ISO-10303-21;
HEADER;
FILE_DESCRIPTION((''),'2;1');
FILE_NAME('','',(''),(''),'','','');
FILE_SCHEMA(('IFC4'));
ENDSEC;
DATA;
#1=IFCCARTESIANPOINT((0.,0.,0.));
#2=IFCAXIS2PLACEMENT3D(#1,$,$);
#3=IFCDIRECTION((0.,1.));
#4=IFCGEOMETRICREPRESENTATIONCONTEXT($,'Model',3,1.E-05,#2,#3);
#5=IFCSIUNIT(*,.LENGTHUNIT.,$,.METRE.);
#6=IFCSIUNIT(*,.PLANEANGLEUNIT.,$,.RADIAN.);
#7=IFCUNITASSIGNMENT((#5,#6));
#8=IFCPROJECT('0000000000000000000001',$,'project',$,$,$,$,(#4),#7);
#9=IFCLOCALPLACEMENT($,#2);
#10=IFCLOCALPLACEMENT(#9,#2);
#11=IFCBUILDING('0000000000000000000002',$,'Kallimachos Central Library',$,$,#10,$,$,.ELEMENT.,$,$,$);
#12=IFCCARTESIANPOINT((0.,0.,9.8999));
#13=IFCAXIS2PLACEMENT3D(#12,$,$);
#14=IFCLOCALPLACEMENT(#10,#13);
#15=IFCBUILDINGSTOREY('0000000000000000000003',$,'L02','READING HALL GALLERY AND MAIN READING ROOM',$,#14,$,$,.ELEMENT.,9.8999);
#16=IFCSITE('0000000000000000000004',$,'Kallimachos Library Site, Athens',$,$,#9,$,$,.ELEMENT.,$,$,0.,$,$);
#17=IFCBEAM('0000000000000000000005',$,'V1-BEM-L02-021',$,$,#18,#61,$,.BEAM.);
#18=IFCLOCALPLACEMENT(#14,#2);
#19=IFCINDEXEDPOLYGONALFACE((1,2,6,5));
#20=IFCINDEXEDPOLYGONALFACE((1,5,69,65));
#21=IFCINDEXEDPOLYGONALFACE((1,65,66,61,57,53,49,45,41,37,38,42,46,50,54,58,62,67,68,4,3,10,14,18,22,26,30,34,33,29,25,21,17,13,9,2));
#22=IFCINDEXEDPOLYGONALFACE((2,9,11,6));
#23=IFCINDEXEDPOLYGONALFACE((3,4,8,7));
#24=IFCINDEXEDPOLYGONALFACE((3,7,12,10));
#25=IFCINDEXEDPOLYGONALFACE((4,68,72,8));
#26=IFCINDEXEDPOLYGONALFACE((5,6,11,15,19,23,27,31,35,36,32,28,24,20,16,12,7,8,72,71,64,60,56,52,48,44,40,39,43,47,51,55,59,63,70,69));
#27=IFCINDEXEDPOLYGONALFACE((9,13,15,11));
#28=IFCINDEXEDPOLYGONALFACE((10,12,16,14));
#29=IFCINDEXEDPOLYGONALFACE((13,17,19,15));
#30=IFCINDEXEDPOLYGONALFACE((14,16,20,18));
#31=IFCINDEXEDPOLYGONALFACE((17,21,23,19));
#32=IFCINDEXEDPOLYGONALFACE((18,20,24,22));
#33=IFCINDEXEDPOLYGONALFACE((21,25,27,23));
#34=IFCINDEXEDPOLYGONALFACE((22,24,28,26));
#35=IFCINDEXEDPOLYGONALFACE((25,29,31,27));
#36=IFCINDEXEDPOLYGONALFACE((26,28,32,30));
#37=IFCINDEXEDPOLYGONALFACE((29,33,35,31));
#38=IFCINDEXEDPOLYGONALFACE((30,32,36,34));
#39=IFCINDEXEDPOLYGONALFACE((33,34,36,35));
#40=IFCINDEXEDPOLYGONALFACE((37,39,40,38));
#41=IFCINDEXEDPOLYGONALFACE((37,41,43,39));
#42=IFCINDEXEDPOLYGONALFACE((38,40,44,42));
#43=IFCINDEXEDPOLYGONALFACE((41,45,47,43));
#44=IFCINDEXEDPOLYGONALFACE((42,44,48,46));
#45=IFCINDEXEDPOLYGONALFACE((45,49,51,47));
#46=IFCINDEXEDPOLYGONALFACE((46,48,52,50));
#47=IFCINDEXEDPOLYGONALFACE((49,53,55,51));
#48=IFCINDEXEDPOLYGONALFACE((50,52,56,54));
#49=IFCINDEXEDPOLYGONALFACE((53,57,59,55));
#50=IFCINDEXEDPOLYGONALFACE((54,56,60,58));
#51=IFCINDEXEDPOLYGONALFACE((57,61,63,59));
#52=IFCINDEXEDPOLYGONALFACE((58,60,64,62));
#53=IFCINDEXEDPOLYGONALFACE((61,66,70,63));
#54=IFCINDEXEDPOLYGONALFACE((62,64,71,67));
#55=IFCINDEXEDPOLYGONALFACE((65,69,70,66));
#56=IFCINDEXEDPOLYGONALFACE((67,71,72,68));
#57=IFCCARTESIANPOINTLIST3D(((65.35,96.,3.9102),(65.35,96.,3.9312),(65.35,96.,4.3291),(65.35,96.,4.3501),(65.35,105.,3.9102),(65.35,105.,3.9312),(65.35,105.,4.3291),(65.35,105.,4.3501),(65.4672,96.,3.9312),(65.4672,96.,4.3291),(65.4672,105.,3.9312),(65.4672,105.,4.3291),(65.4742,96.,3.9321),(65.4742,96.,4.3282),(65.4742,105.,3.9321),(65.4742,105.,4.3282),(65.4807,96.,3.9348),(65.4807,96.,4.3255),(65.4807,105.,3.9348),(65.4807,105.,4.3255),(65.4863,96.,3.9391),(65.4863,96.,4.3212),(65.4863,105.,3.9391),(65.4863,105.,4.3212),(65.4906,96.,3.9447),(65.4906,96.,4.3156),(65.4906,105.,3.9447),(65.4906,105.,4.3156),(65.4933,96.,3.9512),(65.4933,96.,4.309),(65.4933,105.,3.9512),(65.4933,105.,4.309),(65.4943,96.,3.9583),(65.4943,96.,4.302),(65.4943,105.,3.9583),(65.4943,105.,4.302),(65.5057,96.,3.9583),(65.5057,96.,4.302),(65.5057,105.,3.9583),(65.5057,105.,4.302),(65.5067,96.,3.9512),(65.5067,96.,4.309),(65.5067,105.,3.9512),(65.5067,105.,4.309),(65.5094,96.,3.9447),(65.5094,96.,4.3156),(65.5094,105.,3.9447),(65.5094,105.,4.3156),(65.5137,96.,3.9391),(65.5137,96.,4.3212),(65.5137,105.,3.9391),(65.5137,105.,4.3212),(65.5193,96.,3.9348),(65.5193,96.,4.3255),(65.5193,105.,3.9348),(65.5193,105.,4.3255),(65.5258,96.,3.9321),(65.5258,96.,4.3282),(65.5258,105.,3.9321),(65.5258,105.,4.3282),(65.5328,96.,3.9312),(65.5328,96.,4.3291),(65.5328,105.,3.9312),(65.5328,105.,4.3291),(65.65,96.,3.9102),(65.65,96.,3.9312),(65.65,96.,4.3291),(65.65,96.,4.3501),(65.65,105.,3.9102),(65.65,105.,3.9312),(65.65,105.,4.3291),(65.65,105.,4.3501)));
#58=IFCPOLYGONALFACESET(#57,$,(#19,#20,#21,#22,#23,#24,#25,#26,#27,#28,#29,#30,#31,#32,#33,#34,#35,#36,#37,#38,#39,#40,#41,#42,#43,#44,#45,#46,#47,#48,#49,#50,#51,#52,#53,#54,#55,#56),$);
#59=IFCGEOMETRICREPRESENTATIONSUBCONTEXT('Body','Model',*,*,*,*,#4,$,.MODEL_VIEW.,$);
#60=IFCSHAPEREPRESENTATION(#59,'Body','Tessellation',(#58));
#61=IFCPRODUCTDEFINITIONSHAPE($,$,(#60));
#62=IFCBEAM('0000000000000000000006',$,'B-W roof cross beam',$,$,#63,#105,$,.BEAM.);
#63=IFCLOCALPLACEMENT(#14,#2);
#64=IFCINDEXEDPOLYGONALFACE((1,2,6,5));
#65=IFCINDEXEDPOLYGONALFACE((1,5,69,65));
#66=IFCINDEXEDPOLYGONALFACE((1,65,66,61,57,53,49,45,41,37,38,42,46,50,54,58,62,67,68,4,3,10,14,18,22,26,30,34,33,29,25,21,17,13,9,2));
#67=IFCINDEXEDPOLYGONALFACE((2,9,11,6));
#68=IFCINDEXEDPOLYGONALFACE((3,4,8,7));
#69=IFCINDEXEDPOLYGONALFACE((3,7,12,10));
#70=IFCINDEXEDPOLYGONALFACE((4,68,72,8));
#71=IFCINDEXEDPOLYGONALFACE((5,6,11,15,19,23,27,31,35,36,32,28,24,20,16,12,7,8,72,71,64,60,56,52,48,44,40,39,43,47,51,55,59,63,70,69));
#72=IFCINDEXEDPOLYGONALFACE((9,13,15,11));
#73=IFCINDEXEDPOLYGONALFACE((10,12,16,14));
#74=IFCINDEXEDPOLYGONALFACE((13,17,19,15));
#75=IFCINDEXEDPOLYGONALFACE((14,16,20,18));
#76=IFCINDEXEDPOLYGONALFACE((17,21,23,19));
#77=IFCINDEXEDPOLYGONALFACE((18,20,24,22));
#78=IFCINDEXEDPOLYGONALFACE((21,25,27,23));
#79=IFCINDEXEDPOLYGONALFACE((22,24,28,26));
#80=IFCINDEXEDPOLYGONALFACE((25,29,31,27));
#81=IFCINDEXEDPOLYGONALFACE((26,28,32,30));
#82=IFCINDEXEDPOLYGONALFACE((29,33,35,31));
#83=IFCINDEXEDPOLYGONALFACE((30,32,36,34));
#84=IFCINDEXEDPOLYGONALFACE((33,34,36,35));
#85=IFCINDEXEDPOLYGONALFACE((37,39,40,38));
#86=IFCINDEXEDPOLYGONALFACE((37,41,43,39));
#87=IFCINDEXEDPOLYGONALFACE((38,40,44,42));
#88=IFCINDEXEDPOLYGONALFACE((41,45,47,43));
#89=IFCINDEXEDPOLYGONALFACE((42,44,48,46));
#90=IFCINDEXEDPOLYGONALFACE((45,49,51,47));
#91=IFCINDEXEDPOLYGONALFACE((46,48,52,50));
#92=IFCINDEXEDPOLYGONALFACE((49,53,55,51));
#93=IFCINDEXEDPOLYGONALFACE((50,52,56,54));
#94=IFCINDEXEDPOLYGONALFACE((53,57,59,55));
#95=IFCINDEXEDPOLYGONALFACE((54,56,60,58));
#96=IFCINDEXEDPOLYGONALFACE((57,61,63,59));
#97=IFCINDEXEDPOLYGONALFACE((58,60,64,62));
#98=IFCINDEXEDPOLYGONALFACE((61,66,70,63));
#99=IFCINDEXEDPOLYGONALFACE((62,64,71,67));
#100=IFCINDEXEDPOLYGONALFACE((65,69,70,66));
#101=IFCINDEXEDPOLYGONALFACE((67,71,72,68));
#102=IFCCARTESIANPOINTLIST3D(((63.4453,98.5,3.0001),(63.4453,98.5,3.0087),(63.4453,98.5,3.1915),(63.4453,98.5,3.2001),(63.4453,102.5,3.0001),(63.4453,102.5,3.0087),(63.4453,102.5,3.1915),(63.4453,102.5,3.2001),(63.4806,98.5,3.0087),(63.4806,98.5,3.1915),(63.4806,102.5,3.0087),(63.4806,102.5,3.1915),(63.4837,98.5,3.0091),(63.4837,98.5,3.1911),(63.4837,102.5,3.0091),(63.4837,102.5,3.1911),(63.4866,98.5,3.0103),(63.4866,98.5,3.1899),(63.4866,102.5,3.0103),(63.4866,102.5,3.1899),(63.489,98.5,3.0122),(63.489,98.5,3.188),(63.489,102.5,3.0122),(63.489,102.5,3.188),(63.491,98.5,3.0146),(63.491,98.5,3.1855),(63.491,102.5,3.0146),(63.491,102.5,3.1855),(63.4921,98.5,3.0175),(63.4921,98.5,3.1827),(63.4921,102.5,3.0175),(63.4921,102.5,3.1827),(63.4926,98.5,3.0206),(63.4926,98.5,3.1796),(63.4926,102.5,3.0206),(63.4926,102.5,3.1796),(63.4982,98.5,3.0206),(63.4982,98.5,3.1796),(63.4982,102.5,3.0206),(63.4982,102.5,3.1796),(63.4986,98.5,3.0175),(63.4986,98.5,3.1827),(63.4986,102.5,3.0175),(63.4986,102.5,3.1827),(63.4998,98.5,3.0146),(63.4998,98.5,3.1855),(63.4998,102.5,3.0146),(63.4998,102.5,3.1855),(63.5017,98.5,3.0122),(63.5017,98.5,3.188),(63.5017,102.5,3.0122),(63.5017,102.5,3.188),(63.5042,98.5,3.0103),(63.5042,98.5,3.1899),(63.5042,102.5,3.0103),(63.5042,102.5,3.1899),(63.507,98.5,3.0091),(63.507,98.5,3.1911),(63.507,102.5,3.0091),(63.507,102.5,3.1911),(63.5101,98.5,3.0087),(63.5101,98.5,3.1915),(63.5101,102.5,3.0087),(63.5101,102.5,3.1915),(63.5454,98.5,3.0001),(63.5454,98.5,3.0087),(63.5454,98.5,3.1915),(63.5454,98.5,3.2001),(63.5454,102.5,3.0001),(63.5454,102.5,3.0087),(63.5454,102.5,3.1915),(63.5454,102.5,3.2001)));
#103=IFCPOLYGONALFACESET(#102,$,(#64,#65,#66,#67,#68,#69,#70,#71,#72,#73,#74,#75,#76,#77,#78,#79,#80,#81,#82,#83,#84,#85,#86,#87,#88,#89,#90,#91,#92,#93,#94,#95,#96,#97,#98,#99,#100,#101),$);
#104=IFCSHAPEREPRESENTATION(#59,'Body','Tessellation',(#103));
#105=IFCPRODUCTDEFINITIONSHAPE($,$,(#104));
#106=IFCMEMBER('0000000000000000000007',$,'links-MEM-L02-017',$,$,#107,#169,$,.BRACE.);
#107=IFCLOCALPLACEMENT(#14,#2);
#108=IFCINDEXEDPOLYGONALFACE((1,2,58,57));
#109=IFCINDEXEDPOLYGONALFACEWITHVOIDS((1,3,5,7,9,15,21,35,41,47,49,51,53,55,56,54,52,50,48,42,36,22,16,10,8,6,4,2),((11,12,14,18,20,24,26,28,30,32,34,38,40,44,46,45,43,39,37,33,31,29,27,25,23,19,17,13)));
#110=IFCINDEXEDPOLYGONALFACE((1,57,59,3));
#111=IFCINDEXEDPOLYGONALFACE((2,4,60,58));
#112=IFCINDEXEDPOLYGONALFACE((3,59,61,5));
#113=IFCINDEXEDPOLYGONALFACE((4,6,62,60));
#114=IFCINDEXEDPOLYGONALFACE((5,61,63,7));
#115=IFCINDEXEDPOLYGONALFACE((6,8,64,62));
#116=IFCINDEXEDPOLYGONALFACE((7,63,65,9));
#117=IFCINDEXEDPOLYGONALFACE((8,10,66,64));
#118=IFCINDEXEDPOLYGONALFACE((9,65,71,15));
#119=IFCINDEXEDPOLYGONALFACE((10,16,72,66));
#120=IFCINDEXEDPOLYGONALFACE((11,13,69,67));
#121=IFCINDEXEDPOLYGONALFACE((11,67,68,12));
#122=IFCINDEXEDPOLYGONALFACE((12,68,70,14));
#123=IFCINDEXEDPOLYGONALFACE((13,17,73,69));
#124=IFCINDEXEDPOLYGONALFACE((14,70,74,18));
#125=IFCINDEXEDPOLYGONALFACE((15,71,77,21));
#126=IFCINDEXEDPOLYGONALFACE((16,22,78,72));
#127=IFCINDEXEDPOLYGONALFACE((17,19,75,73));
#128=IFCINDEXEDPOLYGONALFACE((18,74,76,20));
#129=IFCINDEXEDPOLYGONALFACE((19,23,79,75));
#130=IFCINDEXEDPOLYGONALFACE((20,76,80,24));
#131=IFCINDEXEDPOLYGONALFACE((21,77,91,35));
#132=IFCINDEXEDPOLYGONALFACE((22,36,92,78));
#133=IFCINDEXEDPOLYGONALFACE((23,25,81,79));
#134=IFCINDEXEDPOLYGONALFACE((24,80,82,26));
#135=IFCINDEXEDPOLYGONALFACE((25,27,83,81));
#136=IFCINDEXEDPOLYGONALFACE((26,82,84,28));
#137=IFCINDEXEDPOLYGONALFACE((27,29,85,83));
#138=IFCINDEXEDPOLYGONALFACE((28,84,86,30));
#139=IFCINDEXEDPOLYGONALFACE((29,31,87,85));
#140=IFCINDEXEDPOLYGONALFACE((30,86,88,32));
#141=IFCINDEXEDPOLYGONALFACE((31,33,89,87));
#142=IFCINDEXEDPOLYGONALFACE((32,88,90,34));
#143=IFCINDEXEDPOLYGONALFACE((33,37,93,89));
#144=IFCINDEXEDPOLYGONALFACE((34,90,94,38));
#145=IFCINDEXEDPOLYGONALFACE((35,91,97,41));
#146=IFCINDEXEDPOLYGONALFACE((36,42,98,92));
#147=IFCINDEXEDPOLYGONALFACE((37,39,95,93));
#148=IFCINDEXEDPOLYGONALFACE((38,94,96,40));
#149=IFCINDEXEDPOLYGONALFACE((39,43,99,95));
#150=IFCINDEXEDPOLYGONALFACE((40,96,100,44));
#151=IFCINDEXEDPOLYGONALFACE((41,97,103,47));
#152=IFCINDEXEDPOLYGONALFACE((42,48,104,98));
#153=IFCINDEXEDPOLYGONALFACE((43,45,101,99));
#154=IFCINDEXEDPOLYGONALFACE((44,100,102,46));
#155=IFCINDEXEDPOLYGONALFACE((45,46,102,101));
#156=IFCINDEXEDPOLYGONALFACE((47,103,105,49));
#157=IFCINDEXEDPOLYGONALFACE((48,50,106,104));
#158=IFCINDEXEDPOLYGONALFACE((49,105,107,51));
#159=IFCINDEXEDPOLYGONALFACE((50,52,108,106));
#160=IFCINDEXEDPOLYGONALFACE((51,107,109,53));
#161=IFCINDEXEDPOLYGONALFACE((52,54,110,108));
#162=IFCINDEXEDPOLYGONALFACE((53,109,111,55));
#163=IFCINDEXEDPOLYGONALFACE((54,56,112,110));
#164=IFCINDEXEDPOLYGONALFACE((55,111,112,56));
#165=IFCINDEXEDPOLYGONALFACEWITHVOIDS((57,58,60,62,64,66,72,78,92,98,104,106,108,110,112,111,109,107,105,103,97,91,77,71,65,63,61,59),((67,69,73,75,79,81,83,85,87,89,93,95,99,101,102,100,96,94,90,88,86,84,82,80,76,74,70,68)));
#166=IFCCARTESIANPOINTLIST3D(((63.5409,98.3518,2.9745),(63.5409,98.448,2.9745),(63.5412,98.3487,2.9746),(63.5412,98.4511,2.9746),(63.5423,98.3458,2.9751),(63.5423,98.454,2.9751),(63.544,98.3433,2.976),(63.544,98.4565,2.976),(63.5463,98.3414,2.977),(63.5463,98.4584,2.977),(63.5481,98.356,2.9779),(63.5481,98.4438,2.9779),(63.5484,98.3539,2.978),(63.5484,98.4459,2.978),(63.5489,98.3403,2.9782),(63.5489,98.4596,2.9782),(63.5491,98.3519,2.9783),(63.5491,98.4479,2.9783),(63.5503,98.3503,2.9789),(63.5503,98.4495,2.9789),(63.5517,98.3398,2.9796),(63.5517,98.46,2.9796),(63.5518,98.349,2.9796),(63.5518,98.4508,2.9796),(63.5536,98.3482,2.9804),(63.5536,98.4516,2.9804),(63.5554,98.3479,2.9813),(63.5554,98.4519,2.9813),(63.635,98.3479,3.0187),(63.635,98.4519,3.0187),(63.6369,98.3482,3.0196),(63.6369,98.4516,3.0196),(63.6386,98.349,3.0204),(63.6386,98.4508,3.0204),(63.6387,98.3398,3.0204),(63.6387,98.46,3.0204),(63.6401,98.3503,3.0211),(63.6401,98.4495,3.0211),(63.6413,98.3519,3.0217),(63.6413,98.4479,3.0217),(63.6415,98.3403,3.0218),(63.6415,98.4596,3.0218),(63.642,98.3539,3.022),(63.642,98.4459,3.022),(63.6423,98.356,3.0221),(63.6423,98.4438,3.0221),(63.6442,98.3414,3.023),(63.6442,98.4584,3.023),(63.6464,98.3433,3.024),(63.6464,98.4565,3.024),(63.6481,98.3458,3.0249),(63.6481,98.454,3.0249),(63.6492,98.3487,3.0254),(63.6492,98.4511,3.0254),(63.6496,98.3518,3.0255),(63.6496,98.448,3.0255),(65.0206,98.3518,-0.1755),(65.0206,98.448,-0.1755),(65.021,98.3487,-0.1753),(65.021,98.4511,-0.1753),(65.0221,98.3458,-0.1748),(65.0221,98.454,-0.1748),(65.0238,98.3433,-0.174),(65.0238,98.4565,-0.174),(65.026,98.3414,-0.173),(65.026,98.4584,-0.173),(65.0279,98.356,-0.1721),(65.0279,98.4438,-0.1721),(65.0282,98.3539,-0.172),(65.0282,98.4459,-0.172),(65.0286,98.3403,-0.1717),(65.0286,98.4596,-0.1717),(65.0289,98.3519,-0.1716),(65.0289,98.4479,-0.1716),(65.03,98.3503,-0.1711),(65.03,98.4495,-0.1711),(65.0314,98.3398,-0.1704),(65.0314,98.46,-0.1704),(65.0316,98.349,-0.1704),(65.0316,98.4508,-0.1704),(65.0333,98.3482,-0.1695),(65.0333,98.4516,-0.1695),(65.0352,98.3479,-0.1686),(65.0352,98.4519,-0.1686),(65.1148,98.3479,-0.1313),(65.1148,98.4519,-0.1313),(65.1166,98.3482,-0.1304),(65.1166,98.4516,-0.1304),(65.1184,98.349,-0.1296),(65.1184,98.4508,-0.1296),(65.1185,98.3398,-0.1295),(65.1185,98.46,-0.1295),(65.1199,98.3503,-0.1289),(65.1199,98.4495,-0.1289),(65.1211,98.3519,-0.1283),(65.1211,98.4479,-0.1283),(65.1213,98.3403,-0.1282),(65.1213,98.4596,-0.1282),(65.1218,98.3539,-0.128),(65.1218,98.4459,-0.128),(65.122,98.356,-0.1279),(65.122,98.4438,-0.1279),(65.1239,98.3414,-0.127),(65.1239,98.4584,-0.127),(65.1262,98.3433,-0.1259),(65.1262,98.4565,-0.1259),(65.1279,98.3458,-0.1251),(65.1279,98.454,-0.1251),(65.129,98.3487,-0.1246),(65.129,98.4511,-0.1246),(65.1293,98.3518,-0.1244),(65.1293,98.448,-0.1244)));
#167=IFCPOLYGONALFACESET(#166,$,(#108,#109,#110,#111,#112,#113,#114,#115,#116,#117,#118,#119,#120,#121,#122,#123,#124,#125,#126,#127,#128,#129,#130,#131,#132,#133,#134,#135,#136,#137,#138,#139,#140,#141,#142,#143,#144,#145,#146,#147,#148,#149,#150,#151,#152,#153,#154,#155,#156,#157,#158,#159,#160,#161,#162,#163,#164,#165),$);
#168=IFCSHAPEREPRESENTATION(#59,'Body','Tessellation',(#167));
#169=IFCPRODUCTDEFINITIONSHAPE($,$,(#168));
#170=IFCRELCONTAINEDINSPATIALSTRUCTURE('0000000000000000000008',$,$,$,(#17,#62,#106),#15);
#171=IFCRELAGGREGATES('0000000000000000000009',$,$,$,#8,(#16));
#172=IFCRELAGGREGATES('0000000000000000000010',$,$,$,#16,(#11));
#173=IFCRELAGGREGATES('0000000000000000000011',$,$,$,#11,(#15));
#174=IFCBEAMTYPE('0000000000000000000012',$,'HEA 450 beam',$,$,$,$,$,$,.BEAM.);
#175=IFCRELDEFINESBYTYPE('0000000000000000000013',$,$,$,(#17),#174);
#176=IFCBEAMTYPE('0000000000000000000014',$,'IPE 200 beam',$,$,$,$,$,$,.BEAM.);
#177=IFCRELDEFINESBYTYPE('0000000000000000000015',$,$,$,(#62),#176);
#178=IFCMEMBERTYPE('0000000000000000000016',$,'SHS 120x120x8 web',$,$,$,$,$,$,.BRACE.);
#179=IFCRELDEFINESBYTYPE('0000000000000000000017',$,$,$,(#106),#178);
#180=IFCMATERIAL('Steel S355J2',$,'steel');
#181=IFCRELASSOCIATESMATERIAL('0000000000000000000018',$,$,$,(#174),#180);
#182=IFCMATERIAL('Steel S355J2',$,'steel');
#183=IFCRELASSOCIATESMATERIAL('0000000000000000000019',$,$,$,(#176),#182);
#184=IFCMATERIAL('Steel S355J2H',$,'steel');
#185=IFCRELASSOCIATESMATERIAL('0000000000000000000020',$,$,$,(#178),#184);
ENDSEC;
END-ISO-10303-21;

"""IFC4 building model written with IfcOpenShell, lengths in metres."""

from ifc_helpers import new_model, si_unit, direction, frame, origin, origin_2d, place, context, subcontext, project, spatial, hollow_rectangle, i_section, extrude, material, material_profile, profile_set, type_object, element, save


model = new_model("IFC4")

# Units and contexts
model_context = context("Model", 3, precision=1e-05, world=origin(), true_north=direction((0.0, 1.0)))
body_context = subcontext(model_context, "Body", "Model", "MODEL_VIEW")
ifc_project = project(units=[si_unit("LENGTHUNIT", "METRE"), si_unit("PLANEANGLEUNIT", "RADIAN")], contexts=[model_context])

# Site, building, storey
site_placement = place(None, origin())
site = spatial("IfcSite", under=ifc_project, at=site_placement, Name="Kallimachos Library Site, Athens", CompositionType="ELEMENT", RefElevation=0.0)
building_placement = place(site_placement, origin())
building = spatial("IfcBuilding", under=site, at=building_placement, Name="Kallimachos Central Library", CompositionType="ELEMENT")
storey_placement = place(building_placement, frame((0.0, 0.0, 9.8999)))
storey = spatial("IfcBuildingStorey", under=building, at=storey_placement, Name="L02", Description="READING HALL GALLERY AND MAIN READING ROOM", CompositionType="ELEMENT", Elevation=9.8999)

# Beams
ifc_material_1 = material(Name="Steel S355J2", Category="steel")
ifc_material_profile_1 = material_profile(ifc_material_1, i_section(OverallWidth=0.3, OverallDepth=0.4399, WebThickness=0.0115, FlangeThickness=0.021, FilletRadius=0.0271, at=origin_2d()), Name="HEA 450")
ifc_profile_set_1 = profile_set([ifc_material_profile_1], Name="Steel S355J2")
beam_type_1 = type_object("IfcBeamType", Name="HEA 450 beam", PredefinedType="BEAM", material=ifc_profile_set_1)
beam_1_placement = place(storey_placement, frame((65.5, 96.0, 4.1301), z_axis=(0.0, 1.0, 0.0), x_axis=(-1.0, 0.0, 0.0)))
element("IfcBeam", 1, at=beam_1_placement, inside=storey, type_object=beam_type_1, Name="V1-BEM-L02-021", PredefinedType="BEAM", context=body_context, shape_type="SweptSolid", body=[
    extrude(i_section(OverallWidth=0.3, OverallDepth=0.4399, WebThickness=0.0115, FlangeThickness=0.021, FilletRadius=0.0271, at=origin_2d()), origin(), (0.0, 0.0, 1.0), 9.0),
])
ifc_material_2 = material(Name="Steel S355J2", Category="steel")
ifc_material_profile_2 = material_profile(ifc_material_2, i_section(OverallWidth=0.1001, OverallDepth=0.2, WebThickness=0.0056, FlangeThickness=0.0085, FilletRadius=0.012, at=origin_2d()), Name="IPE 200")
ifc_profile_set_2 = profile_set([ifc_material_profile_2], Name="Steel S355J2")
beam_type_2 = type_object("IfcBeamType", Name="IPE 200 beam", PredefinedType="BEAM", material=ifc_profile_set_2)
beam_2_placement = place(storey_placement, frame((63.4954, 98.5, 3.1001), z_axis=(0.0, 1.0, 0.0), x_axis=(-1.0, 0.0, 0.0)))
element("IfcBeam", 2, at=beam_2_placement, inside=storey, type_object=beam_type_2, Name="B-W roof cross beam", PredefinedType="BEAM", context=body_context, shape_type="SweptSolid", body=[
    extrude(i_section(OverallWidth=0.1001, OverallDepth=0.2, WebThickness=0.0056, FlangeThickness=0.0085, FilletRadius=0.012, at=origin_2d()), origin(), (0.0, 0.0, 1.0), 4.0),
])

# Member
ifc_material_3 = material(Name="Steel S355J2H", Category="steel")
ifc_material_profile_3 = material_profile(ifc_material_3, hollow_rectangle(XDim=0.1201, YDim=0.1201, WallThickness=0.0081, InnerFilletRadius=0.0081, OuterFilletRadius=0.012, at=origin_2d()), Name="SHS 120x120x8")
ifc_profile_set_3 = profile_set([ifc_material_profile_3], Name="Steel S355J2H")
member_type_1 = type_object("IfcMemberType", Name="SHS 120x120x8 web", PredefinedType="BRACE", material=ifc_profile_set_3)
member_1_placement = place(storey_placement, frame((63.5952, 98.3999, 3.0), z_axis=(0.425192, 0.0, -0.905103), x_axis=(0.0, 1.0, 0.0)))
element("IfcMember", 3, at=member_1_placement, inside=storey, type_object=member_type_1, Name="links-MEM-L02-017", PredefinedType="BRACE", context=body_context, shape_type="SweptSolid", body=[
    extrude(hollow_rectangle(XDim=0.1201, YDim=0.1201, WallThickness=0.0081, InnerFilletRadius=0.0081, OuterFilletRadius=0.012, at=origin_2d()), origin(), (0.0, 0.0, 1.0), 3.4802),
])

save(model, "model.ifc")
